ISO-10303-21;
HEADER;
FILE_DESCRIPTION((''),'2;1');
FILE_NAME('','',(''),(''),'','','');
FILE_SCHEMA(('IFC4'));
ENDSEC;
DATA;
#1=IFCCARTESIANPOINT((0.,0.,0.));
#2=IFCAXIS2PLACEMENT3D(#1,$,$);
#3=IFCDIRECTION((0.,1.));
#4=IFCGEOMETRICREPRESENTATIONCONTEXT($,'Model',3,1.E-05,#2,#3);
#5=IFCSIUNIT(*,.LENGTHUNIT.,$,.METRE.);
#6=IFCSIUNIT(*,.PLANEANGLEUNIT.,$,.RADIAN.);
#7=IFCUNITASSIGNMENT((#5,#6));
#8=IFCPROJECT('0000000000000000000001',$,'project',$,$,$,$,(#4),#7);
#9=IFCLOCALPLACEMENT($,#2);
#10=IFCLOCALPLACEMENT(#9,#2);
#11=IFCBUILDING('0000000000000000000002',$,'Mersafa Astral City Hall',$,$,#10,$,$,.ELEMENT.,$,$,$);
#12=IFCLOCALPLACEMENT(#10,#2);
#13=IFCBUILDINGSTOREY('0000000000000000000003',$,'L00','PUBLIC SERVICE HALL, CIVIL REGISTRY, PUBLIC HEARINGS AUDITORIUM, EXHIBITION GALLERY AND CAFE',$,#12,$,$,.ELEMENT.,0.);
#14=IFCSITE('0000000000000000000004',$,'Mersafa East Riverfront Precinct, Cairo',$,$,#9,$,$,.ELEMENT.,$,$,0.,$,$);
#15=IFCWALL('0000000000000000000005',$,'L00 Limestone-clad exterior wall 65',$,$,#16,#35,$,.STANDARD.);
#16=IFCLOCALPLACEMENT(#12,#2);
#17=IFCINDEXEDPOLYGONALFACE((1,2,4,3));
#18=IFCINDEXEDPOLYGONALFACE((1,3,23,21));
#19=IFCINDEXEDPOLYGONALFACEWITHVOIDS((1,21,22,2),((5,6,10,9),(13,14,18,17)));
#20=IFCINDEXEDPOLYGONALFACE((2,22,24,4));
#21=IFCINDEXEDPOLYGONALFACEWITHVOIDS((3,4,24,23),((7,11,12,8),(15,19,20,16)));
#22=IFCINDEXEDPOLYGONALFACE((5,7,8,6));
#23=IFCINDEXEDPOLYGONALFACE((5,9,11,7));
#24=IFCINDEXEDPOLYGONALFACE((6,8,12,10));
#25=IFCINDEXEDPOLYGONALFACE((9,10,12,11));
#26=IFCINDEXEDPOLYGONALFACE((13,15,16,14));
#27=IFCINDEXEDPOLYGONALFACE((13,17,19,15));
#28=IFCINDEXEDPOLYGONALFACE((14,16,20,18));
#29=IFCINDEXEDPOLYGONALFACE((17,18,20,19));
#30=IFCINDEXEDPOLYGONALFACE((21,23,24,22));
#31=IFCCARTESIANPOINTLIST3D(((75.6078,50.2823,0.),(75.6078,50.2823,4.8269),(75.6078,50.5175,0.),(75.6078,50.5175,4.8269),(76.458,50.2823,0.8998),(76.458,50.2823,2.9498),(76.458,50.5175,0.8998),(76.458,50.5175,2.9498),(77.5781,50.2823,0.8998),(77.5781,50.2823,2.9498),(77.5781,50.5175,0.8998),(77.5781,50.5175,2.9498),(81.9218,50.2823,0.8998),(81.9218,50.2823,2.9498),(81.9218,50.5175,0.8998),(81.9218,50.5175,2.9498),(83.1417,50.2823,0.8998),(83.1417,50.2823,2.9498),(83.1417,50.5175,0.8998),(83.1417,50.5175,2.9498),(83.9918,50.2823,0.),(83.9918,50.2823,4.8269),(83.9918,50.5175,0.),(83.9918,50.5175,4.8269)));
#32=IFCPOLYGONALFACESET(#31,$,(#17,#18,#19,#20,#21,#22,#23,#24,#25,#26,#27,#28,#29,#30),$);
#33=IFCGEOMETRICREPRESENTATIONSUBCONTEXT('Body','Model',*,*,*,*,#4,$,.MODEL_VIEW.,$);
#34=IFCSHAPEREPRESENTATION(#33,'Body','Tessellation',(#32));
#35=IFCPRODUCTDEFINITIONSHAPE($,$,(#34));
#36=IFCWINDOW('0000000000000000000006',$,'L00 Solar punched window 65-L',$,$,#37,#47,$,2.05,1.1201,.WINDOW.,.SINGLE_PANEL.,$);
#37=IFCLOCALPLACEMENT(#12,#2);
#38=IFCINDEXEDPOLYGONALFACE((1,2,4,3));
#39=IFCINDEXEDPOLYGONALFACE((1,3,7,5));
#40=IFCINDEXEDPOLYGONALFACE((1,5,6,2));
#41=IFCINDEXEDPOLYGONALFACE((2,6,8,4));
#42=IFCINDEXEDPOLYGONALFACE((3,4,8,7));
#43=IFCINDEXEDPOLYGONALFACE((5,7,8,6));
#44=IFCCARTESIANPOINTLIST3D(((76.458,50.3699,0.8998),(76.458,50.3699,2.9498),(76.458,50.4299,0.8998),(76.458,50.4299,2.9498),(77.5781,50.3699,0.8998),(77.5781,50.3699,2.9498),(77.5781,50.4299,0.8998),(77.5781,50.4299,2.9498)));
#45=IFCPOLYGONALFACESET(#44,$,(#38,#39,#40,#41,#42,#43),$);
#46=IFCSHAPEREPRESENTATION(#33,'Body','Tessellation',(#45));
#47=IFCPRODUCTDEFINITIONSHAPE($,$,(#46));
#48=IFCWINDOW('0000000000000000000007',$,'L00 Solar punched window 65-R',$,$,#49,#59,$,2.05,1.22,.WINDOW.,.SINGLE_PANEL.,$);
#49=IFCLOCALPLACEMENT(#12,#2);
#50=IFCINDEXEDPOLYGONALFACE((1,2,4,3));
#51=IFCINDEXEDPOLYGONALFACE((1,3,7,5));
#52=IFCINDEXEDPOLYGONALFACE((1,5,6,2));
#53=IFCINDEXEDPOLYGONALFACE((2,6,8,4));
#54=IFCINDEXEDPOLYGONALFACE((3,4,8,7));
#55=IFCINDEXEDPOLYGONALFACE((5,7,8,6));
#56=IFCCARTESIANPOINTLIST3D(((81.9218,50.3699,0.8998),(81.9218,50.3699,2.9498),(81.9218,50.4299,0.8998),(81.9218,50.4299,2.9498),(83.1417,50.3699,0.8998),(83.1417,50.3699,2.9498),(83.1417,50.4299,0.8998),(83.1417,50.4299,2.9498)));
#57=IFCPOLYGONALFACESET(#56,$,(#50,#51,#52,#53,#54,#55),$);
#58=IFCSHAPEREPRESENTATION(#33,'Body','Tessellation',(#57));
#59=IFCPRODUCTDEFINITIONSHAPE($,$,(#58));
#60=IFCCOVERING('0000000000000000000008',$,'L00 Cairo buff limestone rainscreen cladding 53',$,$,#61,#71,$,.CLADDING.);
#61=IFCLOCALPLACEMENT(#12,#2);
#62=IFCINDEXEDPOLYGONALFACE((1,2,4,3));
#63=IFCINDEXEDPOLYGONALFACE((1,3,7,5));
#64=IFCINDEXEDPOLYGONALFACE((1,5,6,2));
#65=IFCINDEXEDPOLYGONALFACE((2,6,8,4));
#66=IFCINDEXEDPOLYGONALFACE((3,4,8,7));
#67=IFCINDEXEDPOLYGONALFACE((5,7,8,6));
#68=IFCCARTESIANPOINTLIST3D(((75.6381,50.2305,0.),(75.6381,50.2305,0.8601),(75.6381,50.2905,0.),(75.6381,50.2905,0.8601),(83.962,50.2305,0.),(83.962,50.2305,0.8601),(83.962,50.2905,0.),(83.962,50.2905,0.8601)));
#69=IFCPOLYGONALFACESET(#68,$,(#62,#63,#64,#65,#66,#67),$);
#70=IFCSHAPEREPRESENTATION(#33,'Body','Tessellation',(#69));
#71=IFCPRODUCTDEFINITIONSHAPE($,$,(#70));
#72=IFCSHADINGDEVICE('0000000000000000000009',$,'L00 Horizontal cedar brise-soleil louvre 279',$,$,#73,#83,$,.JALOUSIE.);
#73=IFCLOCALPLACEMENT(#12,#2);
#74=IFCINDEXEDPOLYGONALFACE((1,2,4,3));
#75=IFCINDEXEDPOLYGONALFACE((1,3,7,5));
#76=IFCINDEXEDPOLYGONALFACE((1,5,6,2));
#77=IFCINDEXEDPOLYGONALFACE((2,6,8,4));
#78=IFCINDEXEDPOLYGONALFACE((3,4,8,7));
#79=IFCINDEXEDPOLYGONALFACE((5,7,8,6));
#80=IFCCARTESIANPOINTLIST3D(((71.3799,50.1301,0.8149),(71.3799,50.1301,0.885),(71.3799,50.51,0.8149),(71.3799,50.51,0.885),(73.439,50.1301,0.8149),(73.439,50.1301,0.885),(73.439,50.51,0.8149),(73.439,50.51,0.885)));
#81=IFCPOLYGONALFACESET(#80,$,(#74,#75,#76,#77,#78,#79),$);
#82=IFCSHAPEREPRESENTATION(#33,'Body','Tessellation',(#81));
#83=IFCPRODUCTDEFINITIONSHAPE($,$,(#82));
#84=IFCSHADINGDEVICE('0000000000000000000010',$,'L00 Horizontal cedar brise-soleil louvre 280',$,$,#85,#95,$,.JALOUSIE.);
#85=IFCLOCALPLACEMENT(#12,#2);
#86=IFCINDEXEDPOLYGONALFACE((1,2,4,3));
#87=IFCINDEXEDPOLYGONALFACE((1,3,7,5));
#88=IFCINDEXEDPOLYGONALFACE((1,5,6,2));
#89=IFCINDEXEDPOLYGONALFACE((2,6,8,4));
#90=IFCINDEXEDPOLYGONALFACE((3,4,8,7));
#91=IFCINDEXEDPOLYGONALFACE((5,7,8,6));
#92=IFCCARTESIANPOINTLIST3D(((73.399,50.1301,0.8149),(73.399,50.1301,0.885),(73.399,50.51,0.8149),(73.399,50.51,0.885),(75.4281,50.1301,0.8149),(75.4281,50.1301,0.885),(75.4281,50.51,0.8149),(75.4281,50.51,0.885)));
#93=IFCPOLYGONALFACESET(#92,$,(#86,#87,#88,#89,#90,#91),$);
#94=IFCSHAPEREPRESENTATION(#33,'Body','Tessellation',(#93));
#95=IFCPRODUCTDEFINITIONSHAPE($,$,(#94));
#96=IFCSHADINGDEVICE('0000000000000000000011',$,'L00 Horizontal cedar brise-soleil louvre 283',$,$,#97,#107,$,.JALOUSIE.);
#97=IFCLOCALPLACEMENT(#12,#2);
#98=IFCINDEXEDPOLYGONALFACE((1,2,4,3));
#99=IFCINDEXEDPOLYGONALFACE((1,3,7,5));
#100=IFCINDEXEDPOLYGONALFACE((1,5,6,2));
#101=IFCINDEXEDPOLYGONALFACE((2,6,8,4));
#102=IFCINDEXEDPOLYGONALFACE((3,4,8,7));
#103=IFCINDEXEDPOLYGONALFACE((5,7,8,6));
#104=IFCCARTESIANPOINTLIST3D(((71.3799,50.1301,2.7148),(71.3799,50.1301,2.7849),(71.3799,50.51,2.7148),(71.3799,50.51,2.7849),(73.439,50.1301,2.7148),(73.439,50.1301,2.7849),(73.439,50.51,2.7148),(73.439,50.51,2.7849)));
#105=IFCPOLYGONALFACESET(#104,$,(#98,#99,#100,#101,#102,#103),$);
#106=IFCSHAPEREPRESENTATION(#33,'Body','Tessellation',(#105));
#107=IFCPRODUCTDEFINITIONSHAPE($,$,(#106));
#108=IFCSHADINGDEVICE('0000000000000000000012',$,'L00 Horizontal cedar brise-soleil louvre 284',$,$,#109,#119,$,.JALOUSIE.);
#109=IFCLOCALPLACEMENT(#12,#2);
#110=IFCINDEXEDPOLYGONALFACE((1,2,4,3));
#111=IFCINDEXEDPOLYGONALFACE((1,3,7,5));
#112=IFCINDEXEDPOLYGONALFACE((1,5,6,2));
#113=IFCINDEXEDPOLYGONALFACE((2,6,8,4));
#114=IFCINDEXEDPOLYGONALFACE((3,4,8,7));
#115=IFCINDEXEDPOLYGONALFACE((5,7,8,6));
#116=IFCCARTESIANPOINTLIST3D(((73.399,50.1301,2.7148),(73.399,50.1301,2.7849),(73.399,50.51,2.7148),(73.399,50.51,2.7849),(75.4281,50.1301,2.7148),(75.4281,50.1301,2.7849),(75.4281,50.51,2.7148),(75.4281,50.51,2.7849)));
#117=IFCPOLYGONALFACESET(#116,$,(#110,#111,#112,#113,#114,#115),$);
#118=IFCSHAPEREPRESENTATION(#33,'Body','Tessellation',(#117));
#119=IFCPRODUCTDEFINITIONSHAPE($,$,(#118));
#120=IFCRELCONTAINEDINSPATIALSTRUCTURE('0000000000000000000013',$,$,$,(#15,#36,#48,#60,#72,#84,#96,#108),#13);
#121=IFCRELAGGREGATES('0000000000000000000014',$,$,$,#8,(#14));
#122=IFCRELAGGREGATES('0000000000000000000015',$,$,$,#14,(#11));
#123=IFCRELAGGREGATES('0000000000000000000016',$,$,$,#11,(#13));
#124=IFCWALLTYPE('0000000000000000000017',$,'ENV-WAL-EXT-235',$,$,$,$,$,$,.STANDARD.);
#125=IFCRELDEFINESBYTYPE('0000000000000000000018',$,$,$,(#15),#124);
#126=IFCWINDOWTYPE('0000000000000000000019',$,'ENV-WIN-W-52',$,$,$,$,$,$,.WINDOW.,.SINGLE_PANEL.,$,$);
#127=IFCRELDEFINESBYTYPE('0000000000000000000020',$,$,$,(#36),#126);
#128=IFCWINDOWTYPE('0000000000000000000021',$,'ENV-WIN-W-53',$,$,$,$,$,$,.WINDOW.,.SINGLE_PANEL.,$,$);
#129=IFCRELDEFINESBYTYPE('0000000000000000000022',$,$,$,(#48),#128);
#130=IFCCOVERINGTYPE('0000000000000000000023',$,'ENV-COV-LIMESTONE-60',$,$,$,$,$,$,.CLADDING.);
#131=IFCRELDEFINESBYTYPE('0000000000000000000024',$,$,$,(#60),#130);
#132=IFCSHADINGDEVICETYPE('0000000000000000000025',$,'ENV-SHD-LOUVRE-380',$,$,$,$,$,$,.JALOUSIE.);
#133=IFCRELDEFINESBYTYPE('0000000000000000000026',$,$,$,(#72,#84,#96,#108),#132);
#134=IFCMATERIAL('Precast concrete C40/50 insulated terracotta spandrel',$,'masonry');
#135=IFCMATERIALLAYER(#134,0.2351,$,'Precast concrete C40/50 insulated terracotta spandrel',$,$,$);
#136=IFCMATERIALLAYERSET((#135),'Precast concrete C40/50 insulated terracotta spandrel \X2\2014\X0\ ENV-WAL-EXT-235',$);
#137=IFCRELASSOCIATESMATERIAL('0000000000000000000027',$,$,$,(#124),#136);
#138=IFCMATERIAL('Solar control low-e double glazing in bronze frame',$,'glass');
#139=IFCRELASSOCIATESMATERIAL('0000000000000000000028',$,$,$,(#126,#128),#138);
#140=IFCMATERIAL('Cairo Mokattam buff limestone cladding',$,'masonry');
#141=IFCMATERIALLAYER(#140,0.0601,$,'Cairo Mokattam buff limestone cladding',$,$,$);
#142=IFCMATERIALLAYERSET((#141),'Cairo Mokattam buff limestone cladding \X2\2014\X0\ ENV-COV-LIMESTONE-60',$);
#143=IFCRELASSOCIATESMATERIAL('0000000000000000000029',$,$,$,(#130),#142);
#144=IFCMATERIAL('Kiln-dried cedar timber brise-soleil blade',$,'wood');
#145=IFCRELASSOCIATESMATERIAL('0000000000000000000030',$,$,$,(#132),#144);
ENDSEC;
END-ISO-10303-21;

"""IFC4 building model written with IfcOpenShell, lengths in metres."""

from ifc_helpers import new_model, si_unit, direction, frame, frame_2d, origin, origin_2d, place, context, subcontext, project, spatial, rectangle, extrude, material, layer, layer_set, type_object, element, fill, save


model = new_model("IFC4")

# Units and contexts
model_context = context("Model", 3, precision=1e-05, world=origin(), true_north=direction((0.0, 1.0)))
body_context = subcontext(model_context, "Body", "Model", "MODEL_VIEW")
ifc_project = project(units=[si_unit("LENGTHUNIT", "METRE"), si_unit("PLANEANGLEUNIT", "RADIAN")], contexts=[model_context])

# Site, building, storey
site_placement = place(None, origin())
site = spatial("IfcSite", under=ifc_project, at=site_placement, Name="Mersafa East Riverfront Precinct, Cairo", CompositionType="ELEMENT", RefElevation=0.0)
building_placement = place(site_placement, origin())
building = spatial("IfcBuilding", under=site, at=building_placement, Name="Mersafa Astral City Hall", CompositionType="ELEMENT")
storey_placement = place(building_placement, origin())
storey = spatial("IfcBuildingStorey", under=building, at=storey_placement, Name="L00", Description="PUBLIC SERVICE HALL, CIVIL REGISTRY, PUBLIC HEARINGS AUDITORIUM, EXHIBITION GALLERY AND CAFE", CompositionType="ELEMENT", Elevation=0.0)

# Wall, openings, windows
ifc_material_1 = material(Name="Precast concrete C40/50 insulated terracotta spandrel", Category="masonry")
ifc_layer_1 = layer(ifc_material_1, 0.2351, Name="Precast concrete C40/50 insulated terracotta spandrel")
ifc_layer_set_1 = layer_set([ifc_layer_1], Name="Precast concrete C40/50 insulated terracotta spandrel — ENV-WAL-EXT-235")
wall_type = type_object("IfcWallType", Name="ENV-WAL-EXT-235", PredefinedType="STANDARD", material=ifc_layer_set_1)
wall_placement = place(storey_placement, frame((75.6079, 50.3999, 0.0), z_axis=(0.0, 0.0, 1.0), x_axis=(1.0, 0.0, 0.0)))
wall = element("IfcWall", 1, at=wall_placement, inside=storey, type_object=wall_type, Name="L00 Limestone-clad exterior wall 65", PredefinedType="STANDARD", context=body_context, shape_type="SweptSolid", body=[
    extrude(rectangle(XDim=8.384, YDim=0.2351, at=frame_2d((4.1919, 0.0))), origin(), (0.0, 0.0, 1.0), 4.8269),
])
opening_1_placement = place(wall_placement, frame((0.8501, 0.0, 0.8999)))
opening_1 = element("IfcOpeningElement", 2, at=opening_1_placement, cuts=wall, PredefinedType="OPENING", context=body_context, shape_type="SweptSolid", body=[
    extrude(rectangle(XDim=1.1201, YDim=2.05, at=frame_2d((0.5601, 1.0249))), frame((0.0, 0.1274, 0.0), z_axis=(0.0, -1.0, 0.0), x_axis=(1.0, 0.0, 0.0)), (0.0, 0.0, 1.0), 0.2551),
])
opening_2_placement = place(wall_placement, frame((6.314, 0.0, 0.8999)))
opening_2 = element("IfcOpeningElement", 3, at=opening_2_placement, cuts=wall, PredefinedType="OPENING", context=body_context, shape_type="SweptSolid", body=[
    extrude(rectangle(XDim=1.22, YDim=2.05, at=frame_2d((0.6099, 1.0249))), frame((0.0, 0.1274, 0.0), z_axis=(0.0, -1.0, 0.0), x_axis=(1.0, 0.0, 0.0)), (0.0, 0.0, 1.0), 0.2551),
])
ifc_material_2 = material(Name="Solar control low-e double glazing in bronze frame", Category="glass")
window_type_1 = type_object("IfcWindowType", Name="ENV-WIN-W-52", PartitioningType="SINGLE_PANEL", PredefinedType="WINDOW", material=ifc_material_2)
window_1_placement = place(opening_1_placement, origin())
window_1 = element("IfcWindow", 4, at=window_1_placement, inside=storey, type_object=window_type_1, Name="L00 Solar punched window 65-L", OverallHeight=2.05, OverallWidth=1.1201, PartitioningType="SINGLE_PANEL", PredefinedType="WINDOW", context=body_context, shape_type="SweptSolid", body=[
    extrude(rectangle(XDim=1.1201, YDim=2.05, at=frame_2d((0.5601, 1.0249))), frame((0.0, 0.03, 0.0), z_axis=(0.0, -1.0, 0.0), x_axis=(1.0, 0.0, 0.0)), (0.0, 0.0, 1.0), 0.0601),
])
fill(opening_1, window_1)
window_type_2 = type_object("IfcWindowType", Name="ENV-WIN-W-53", PartitioningType="SINGLE_PANEL", PredefinedType="WINDOW", material=ifc_material_2)
window_2_placement = place(opening_2_placement, origin())
window_2 = element("IfcWindow", 5, at=window_2_placement, inside=storey, type_object=window_type_2, Name="L00 Solar punched window 65-R", OverallHeight=2.05, OverallWidth=1.22, PartitioningType="SINGLE_PANEL", PredefinedType="WINDOW", context=body_context, shape_type="SweptSolid", body=[
    extrude(rectangle(XDim=1.22, YDim=2.05, at=frame_2d((0.6099, 1.0249))), frame((0.0, 0.03, 0.0), z_axis=(0.0, -1.0, 0.0), x_axis=(1.0, 0.0, 0.0)), (0.0, 0.0, 1.0), 0.0601),
])
fill(opening_2, window_2)

# Covering
ifc_material_3 = material(Name="Cairo Mokattam buff limestone cladding", Category="masonry")
ifc_layer_2 = layer(ifc_material_3, 0.0601, Name="Cairo Mokattam buff limestone cladding")
ifc_layer_set_2 = layer_set([ifc_layer_2], Name="Cairo Mokattam buff limestone cladding — ENV-COV-LIMESTONE-60")
covering_type = type_object("IfcCoveringType", Name="ENV-COV-LIMESTONE-60", PredefinedType="CLADDING", material=ifc_layer_set_2)
covering_placement = place(storey_placement, frame((79.8, 50.2605, 0.0), z_axis=(0.0, 0.0, 1.0), x_axis=(1.0, 0.0, 0.0)))
element("IfcCovering", 6, at=covering_placement, inside=storey, type_object=covering_type, Name="L00 Cairo buff limestone rainscreen cladding 53", PredefinedType="CLADDING", context=body_context, shape_type="SweptSolid", body=[
    extrude(rectangle(XDim=8.324, YDim=0.0601, at=origin_2d()), origin(), (0.0, 0.0, 1.0), 0.8601),
])

# Shading devices
ifc_material_4 = material(Name="Kiln-dried cedar timber brise-soleil blade", Category="wood")
shading_device_type = type_object("IfcShadingDeviceType", Name="ENV-SHD-LOUVRE-380", PredefinedType="JALOUSIE", material=ifc_material_4)
shading_device_1_placement = place(storey_placement, frame((72.4094, 50.3201, 0.8149), z_axis=(0.0, 0.0, 1.0), x_axis=(1.0, 0.0, 0.0)))
element("IfcShadingDevice", 7, at=shading_device_1_placement, inside=storey, type_object=shading_device_type, Name="L00 Horizontal cedar brise-soleil louvre 279", PredefinedType="JALOUSIE", context=body_context, shape_type="SweptSolid", body=[
    extrude(rectangle(XDim=2.0591, YDim=0.3799, at=origin_2d()), origin(), (0.0, 0.0, 1.0), 0.0701),
])
shading_device_2_placement = place(storey_placement, frame((74.4136, 50.3201, 0.8149), z_axis=(0.0, 0.0, 1.0), x_axis=(1.0, 0.0, 0.0)))
element("IfcShadingDevice", 8, at=shading_device_2_placement, inside=storey, type_object=shading_device_type, Name="L00 Horizontal cedar brise-soleil louvre 280", PredefinedType="JALOUSIE", context=body_context, shape_type="SweptSolid", body=[
    extrude(rectangle(XDim=2.0291, YDim=0.3799, at=origin_2d()), origin(), (0.0, 0.0, 1.0), 0.0701),
])
shading_device_3_placement = place(storey_placement, frame((72.4094, 50.3201, 2.7148), z_axis=(0.0, 0.0, 1.0), x_axis=(1.0, 0.0, 0.0)))
element("IfcShadingDevice", 9, at=shading_device_3_placement, inside=storey, type_object=shading_device_type, Name="L00 Horizontal cedar brise-soleil louvre 283", PredefinedType="JALOUSIE", context=body_context, shape_type="SweptSolid", body=[
    extrude(rectangle(XDim=2.0591, YDim=0.3799, at=origin_2d()), origin(), (0.0, 0.0, 1.0), 0.0701),
])
shading_device_4_placement = place(storey_placement, frame((74.4136, 50.3201, 2.7148), z_axis=(0.0, 0.0, 1.0), x_axis=(1.0, 0.0, 0.0)))
element("IfcShadingDevice", 10, at=shading_device_4_placement, inside=storey, type_object=shading_device_type, Name="L00 Horizontal cedar brise-soleil louvre 284", PredefinedType="JALOUSIE", context=body_context, shape_type="SweptSolid", body=[
    extrude(rectangle(XDim=2.0291, YDim=0.3799, at=origin_2d()), origin(), (0.0, 0.0, 1.0), 0.0701),
])

save(model, "model.ifc")
